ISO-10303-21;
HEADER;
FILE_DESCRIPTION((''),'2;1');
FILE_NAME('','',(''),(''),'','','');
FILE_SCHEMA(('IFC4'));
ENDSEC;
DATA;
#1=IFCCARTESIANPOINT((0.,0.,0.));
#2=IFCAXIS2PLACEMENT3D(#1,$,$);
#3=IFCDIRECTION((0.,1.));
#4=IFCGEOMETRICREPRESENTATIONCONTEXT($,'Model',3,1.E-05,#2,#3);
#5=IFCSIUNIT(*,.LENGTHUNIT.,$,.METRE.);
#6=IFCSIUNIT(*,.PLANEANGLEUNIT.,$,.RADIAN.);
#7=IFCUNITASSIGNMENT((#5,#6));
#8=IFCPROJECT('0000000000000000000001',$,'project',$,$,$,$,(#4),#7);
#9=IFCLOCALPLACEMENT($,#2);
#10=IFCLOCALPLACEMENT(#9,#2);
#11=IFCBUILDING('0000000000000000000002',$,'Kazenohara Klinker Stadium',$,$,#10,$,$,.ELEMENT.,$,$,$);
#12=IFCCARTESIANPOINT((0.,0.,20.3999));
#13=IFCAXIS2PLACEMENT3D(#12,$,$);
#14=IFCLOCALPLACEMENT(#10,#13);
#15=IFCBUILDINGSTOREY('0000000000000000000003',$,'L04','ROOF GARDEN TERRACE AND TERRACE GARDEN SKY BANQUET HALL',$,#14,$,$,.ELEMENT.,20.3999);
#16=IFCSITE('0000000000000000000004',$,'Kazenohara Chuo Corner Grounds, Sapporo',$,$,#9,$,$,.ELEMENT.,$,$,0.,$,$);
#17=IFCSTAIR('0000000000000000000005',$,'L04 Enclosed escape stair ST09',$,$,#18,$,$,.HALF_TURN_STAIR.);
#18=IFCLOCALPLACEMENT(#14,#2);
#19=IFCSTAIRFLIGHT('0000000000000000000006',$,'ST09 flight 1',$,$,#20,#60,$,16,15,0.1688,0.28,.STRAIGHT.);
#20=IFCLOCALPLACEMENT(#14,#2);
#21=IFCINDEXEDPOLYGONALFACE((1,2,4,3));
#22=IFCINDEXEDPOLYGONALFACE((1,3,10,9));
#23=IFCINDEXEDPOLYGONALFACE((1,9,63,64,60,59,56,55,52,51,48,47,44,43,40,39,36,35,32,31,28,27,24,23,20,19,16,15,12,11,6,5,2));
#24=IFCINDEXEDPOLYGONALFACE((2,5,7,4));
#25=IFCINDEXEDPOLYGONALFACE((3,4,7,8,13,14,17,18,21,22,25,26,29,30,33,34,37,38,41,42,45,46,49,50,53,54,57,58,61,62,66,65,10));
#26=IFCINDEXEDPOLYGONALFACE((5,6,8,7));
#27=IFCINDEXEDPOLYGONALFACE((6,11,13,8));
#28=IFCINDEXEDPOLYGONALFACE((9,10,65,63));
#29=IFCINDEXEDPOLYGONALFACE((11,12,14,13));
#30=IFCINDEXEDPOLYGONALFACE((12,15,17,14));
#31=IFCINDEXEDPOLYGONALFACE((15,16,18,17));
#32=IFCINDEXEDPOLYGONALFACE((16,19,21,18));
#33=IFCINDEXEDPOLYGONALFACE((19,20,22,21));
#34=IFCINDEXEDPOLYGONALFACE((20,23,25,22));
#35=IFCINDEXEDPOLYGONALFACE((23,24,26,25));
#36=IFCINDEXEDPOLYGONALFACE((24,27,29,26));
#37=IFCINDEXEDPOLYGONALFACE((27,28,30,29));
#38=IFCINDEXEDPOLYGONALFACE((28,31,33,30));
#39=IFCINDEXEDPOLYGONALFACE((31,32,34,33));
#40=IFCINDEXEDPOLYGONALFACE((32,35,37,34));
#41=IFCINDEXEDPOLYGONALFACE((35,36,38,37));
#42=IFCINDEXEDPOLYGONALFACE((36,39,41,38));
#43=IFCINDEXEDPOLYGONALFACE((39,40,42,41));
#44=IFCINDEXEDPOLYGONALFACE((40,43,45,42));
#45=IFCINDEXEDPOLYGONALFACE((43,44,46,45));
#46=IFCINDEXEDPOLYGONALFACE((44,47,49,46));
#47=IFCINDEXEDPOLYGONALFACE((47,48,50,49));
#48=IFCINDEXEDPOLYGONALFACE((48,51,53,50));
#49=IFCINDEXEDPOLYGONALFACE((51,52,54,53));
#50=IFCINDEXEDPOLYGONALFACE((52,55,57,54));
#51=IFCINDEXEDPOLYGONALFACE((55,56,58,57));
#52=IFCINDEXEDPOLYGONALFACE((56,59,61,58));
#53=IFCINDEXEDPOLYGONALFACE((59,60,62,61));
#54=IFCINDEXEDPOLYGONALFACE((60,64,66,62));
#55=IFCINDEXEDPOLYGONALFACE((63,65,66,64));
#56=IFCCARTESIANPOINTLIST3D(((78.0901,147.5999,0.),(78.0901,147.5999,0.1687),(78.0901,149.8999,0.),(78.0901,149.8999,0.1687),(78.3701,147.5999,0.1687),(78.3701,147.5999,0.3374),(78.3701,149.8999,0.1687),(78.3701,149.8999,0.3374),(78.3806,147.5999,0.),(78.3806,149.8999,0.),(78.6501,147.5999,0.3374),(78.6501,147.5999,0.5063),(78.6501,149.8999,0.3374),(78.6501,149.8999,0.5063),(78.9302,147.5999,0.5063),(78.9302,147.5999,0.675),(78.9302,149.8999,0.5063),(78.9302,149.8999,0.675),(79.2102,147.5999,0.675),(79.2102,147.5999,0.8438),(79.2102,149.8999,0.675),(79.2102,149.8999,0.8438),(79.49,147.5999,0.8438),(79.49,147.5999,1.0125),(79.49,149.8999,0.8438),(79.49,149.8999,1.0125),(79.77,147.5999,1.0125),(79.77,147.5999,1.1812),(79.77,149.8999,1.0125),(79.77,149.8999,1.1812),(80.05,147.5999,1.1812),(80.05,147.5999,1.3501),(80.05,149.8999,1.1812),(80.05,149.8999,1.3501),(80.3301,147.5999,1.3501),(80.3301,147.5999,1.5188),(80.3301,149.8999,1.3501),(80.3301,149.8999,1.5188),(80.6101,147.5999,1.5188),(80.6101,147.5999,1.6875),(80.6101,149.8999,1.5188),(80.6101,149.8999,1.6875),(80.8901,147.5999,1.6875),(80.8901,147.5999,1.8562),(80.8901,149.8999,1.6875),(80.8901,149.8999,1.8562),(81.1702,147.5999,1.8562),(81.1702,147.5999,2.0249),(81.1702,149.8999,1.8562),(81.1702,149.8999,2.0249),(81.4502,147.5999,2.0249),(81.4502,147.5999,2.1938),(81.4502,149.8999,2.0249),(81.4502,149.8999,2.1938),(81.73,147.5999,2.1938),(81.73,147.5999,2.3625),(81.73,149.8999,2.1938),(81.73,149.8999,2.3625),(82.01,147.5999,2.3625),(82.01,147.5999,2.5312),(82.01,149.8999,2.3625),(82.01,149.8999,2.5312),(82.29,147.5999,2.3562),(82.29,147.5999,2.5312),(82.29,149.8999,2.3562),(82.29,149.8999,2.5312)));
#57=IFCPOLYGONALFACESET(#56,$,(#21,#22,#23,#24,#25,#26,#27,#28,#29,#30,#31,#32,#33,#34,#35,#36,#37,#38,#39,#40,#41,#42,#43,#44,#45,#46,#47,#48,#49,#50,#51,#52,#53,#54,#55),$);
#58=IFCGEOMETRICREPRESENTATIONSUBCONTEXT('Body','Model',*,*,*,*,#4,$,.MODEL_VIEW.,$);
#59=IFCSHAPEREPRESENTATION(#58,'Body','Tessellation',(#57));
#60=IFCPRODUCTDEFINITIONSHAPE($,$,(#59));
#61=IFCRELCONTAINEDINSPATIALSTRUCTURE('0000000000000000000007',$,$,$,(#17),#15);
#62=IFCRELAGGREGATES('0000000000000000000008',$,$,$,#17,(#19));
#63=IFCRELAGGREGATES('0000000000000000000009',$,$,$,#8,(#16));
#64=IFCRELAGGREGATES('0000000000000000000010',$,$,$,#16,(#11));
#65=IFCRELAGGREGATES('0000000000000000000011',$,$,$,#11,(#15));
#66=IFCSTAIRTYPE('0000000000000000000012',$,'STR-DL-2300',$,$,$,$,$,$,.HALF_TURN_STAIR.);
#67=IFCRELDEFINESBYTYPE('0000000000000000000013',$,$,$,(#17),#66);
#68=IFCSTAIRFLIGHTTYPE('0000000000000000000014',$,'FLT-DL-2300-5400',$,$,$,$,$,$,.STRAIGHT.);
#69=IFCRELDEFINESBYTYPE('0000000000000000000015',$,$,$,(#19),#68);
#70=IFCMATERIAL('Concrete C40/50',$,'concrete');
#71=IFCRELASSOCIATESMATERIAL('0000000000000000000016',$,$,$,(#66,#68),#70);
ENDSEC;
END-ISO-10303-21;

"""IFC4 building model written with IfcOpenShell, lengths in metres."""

from ifc_helpers import new_model, si_unit, direction, frame, origin, place, context, subcontext, project, spatial, polyline, outline, extrude, material, type_object, element, aggregate, save


model = new_model("IFC4")

# Units and contexts
model_context = context("Model", 3, precision=1e-05, world=origin(), true_north=direction((0.0, 1.0)))
body_context = subcontext(model_context, "Body", "Model", "MODEL_VIEW")
ifc_project = project(units=[si_unit("LENGTHUNIT", "METRE"), si_unit("PLANEANGLEUNIT", "RADIAN")], contexts=[model_context])

# Site, building, storey
site_placement = place(None, origin())
site = spatial("IfcSite", under=ifc_project, at=site_placement, Name="Kazenohara Chuo Corner Grounds, Sapporo", CompositionType="ELEMENT", RefElevation=0.0)
building_placement = place(site_placement, origin())
building = spatial("IfcBuilding", under=site, at=building_placement, Name="Kazenohara Klinker Stadium", CompositionType="ELEMENT")
storey_placement = place(building_placement, frame((0.0, 0.0, 20.3999)))
storey = spatial("IfcBuildingStorey", under=building, at=storey_placement, Name="L04", Description="ROOF GARDEN TERRACE AND TERRACE GARDEN SKY BANQUET HALL", CompositionType="ELEMENT", Elevation=20.3999)

# Shared definitions
ifc_material_1 = material(Name="Concrete C40/50", Category="concrete")

# Stair, stair flight
stair_type = type_object("IfcStairType", Name="STR-DL-2300", PredefinedType="HALF_TURN_STAIR", material=ifc_material_1)
stair_placement = place(storey_placement, origin())
stair = element("IfcStair", 1, at=stair_placement, inside=storey, type_object=stair_type, Name="L04 Enclosed escape stair ST09", PredefinedType="HALF_TURN_STAIR")
stair_flight_type = type_object("IfcStairFlightType", Name="FLT-DL-2300-5400", PredefinedType="STRAIGHT", material=ifc_material_1)
stair_flight_placement = place(storey_placement, frame((78.0901, 148.75, 0.0), z_axis=(0.0, 0.0, 1.0), x_axis=(1.0, 0.0, 0.0)))
stair_flight = element("IfcStairFlight", 2, at=stair_flight_placement, type_object=stair_flight_type, Name="ST09 flight 1", NumberOfRisers=16, NumberOfTreads=15, PredefinedType="STRAIGHT", RiserHeight=0.1688, TreadLength=0.28, context=body_context, shape_type="SweptSolid", body=[
    extrude(outline(polyline([(0.0, 0.0), (0.0, 0.1687), (0.28, 0.1687), (0.28, 0.3374), (0.5601, 0.3374), (0.5601, 0.5063), (0.8401, 0.5063), (0.8401, 0.675), (1.1201, 0.675), (1.1201, 0.8438), (1.3999, 0.8438), (1.3999, 1.0125), (1.6799, 1.0125), (1.6799, 1.1812), (1.96, 1.1812), (1.96, 1.3501), (2.24, 1.3501), (2.24, 1.5188), (2.52, 1.5188), (2.52, 1.6875), (2.8, 1.6875), (2.8, 1.8562), (3.0801, 1.8562), (3.0801, 2.0249), (3.3601, 2.0249), (3.3601, 2.1938), (3.6399, 2.1938), (3.6399, 2.3625), (3.9199, 2.3625), (3.9199, 2.5312), (4.2, 2.5312), (4.2, 2.7), (4.2, 2.3562), (0.2905, 0.0), (0.0, 0.0)])), frame((0.0, 1.1499, 0.0), z_axis=(0.0, -1.0, 0.0), x_axis=(1.0, 0.0, 0.0)), (0.0, 0.0, 1.0), 2.3),
])
aggregate(stair, [stair_flight])

save(model, "model.ifc")
